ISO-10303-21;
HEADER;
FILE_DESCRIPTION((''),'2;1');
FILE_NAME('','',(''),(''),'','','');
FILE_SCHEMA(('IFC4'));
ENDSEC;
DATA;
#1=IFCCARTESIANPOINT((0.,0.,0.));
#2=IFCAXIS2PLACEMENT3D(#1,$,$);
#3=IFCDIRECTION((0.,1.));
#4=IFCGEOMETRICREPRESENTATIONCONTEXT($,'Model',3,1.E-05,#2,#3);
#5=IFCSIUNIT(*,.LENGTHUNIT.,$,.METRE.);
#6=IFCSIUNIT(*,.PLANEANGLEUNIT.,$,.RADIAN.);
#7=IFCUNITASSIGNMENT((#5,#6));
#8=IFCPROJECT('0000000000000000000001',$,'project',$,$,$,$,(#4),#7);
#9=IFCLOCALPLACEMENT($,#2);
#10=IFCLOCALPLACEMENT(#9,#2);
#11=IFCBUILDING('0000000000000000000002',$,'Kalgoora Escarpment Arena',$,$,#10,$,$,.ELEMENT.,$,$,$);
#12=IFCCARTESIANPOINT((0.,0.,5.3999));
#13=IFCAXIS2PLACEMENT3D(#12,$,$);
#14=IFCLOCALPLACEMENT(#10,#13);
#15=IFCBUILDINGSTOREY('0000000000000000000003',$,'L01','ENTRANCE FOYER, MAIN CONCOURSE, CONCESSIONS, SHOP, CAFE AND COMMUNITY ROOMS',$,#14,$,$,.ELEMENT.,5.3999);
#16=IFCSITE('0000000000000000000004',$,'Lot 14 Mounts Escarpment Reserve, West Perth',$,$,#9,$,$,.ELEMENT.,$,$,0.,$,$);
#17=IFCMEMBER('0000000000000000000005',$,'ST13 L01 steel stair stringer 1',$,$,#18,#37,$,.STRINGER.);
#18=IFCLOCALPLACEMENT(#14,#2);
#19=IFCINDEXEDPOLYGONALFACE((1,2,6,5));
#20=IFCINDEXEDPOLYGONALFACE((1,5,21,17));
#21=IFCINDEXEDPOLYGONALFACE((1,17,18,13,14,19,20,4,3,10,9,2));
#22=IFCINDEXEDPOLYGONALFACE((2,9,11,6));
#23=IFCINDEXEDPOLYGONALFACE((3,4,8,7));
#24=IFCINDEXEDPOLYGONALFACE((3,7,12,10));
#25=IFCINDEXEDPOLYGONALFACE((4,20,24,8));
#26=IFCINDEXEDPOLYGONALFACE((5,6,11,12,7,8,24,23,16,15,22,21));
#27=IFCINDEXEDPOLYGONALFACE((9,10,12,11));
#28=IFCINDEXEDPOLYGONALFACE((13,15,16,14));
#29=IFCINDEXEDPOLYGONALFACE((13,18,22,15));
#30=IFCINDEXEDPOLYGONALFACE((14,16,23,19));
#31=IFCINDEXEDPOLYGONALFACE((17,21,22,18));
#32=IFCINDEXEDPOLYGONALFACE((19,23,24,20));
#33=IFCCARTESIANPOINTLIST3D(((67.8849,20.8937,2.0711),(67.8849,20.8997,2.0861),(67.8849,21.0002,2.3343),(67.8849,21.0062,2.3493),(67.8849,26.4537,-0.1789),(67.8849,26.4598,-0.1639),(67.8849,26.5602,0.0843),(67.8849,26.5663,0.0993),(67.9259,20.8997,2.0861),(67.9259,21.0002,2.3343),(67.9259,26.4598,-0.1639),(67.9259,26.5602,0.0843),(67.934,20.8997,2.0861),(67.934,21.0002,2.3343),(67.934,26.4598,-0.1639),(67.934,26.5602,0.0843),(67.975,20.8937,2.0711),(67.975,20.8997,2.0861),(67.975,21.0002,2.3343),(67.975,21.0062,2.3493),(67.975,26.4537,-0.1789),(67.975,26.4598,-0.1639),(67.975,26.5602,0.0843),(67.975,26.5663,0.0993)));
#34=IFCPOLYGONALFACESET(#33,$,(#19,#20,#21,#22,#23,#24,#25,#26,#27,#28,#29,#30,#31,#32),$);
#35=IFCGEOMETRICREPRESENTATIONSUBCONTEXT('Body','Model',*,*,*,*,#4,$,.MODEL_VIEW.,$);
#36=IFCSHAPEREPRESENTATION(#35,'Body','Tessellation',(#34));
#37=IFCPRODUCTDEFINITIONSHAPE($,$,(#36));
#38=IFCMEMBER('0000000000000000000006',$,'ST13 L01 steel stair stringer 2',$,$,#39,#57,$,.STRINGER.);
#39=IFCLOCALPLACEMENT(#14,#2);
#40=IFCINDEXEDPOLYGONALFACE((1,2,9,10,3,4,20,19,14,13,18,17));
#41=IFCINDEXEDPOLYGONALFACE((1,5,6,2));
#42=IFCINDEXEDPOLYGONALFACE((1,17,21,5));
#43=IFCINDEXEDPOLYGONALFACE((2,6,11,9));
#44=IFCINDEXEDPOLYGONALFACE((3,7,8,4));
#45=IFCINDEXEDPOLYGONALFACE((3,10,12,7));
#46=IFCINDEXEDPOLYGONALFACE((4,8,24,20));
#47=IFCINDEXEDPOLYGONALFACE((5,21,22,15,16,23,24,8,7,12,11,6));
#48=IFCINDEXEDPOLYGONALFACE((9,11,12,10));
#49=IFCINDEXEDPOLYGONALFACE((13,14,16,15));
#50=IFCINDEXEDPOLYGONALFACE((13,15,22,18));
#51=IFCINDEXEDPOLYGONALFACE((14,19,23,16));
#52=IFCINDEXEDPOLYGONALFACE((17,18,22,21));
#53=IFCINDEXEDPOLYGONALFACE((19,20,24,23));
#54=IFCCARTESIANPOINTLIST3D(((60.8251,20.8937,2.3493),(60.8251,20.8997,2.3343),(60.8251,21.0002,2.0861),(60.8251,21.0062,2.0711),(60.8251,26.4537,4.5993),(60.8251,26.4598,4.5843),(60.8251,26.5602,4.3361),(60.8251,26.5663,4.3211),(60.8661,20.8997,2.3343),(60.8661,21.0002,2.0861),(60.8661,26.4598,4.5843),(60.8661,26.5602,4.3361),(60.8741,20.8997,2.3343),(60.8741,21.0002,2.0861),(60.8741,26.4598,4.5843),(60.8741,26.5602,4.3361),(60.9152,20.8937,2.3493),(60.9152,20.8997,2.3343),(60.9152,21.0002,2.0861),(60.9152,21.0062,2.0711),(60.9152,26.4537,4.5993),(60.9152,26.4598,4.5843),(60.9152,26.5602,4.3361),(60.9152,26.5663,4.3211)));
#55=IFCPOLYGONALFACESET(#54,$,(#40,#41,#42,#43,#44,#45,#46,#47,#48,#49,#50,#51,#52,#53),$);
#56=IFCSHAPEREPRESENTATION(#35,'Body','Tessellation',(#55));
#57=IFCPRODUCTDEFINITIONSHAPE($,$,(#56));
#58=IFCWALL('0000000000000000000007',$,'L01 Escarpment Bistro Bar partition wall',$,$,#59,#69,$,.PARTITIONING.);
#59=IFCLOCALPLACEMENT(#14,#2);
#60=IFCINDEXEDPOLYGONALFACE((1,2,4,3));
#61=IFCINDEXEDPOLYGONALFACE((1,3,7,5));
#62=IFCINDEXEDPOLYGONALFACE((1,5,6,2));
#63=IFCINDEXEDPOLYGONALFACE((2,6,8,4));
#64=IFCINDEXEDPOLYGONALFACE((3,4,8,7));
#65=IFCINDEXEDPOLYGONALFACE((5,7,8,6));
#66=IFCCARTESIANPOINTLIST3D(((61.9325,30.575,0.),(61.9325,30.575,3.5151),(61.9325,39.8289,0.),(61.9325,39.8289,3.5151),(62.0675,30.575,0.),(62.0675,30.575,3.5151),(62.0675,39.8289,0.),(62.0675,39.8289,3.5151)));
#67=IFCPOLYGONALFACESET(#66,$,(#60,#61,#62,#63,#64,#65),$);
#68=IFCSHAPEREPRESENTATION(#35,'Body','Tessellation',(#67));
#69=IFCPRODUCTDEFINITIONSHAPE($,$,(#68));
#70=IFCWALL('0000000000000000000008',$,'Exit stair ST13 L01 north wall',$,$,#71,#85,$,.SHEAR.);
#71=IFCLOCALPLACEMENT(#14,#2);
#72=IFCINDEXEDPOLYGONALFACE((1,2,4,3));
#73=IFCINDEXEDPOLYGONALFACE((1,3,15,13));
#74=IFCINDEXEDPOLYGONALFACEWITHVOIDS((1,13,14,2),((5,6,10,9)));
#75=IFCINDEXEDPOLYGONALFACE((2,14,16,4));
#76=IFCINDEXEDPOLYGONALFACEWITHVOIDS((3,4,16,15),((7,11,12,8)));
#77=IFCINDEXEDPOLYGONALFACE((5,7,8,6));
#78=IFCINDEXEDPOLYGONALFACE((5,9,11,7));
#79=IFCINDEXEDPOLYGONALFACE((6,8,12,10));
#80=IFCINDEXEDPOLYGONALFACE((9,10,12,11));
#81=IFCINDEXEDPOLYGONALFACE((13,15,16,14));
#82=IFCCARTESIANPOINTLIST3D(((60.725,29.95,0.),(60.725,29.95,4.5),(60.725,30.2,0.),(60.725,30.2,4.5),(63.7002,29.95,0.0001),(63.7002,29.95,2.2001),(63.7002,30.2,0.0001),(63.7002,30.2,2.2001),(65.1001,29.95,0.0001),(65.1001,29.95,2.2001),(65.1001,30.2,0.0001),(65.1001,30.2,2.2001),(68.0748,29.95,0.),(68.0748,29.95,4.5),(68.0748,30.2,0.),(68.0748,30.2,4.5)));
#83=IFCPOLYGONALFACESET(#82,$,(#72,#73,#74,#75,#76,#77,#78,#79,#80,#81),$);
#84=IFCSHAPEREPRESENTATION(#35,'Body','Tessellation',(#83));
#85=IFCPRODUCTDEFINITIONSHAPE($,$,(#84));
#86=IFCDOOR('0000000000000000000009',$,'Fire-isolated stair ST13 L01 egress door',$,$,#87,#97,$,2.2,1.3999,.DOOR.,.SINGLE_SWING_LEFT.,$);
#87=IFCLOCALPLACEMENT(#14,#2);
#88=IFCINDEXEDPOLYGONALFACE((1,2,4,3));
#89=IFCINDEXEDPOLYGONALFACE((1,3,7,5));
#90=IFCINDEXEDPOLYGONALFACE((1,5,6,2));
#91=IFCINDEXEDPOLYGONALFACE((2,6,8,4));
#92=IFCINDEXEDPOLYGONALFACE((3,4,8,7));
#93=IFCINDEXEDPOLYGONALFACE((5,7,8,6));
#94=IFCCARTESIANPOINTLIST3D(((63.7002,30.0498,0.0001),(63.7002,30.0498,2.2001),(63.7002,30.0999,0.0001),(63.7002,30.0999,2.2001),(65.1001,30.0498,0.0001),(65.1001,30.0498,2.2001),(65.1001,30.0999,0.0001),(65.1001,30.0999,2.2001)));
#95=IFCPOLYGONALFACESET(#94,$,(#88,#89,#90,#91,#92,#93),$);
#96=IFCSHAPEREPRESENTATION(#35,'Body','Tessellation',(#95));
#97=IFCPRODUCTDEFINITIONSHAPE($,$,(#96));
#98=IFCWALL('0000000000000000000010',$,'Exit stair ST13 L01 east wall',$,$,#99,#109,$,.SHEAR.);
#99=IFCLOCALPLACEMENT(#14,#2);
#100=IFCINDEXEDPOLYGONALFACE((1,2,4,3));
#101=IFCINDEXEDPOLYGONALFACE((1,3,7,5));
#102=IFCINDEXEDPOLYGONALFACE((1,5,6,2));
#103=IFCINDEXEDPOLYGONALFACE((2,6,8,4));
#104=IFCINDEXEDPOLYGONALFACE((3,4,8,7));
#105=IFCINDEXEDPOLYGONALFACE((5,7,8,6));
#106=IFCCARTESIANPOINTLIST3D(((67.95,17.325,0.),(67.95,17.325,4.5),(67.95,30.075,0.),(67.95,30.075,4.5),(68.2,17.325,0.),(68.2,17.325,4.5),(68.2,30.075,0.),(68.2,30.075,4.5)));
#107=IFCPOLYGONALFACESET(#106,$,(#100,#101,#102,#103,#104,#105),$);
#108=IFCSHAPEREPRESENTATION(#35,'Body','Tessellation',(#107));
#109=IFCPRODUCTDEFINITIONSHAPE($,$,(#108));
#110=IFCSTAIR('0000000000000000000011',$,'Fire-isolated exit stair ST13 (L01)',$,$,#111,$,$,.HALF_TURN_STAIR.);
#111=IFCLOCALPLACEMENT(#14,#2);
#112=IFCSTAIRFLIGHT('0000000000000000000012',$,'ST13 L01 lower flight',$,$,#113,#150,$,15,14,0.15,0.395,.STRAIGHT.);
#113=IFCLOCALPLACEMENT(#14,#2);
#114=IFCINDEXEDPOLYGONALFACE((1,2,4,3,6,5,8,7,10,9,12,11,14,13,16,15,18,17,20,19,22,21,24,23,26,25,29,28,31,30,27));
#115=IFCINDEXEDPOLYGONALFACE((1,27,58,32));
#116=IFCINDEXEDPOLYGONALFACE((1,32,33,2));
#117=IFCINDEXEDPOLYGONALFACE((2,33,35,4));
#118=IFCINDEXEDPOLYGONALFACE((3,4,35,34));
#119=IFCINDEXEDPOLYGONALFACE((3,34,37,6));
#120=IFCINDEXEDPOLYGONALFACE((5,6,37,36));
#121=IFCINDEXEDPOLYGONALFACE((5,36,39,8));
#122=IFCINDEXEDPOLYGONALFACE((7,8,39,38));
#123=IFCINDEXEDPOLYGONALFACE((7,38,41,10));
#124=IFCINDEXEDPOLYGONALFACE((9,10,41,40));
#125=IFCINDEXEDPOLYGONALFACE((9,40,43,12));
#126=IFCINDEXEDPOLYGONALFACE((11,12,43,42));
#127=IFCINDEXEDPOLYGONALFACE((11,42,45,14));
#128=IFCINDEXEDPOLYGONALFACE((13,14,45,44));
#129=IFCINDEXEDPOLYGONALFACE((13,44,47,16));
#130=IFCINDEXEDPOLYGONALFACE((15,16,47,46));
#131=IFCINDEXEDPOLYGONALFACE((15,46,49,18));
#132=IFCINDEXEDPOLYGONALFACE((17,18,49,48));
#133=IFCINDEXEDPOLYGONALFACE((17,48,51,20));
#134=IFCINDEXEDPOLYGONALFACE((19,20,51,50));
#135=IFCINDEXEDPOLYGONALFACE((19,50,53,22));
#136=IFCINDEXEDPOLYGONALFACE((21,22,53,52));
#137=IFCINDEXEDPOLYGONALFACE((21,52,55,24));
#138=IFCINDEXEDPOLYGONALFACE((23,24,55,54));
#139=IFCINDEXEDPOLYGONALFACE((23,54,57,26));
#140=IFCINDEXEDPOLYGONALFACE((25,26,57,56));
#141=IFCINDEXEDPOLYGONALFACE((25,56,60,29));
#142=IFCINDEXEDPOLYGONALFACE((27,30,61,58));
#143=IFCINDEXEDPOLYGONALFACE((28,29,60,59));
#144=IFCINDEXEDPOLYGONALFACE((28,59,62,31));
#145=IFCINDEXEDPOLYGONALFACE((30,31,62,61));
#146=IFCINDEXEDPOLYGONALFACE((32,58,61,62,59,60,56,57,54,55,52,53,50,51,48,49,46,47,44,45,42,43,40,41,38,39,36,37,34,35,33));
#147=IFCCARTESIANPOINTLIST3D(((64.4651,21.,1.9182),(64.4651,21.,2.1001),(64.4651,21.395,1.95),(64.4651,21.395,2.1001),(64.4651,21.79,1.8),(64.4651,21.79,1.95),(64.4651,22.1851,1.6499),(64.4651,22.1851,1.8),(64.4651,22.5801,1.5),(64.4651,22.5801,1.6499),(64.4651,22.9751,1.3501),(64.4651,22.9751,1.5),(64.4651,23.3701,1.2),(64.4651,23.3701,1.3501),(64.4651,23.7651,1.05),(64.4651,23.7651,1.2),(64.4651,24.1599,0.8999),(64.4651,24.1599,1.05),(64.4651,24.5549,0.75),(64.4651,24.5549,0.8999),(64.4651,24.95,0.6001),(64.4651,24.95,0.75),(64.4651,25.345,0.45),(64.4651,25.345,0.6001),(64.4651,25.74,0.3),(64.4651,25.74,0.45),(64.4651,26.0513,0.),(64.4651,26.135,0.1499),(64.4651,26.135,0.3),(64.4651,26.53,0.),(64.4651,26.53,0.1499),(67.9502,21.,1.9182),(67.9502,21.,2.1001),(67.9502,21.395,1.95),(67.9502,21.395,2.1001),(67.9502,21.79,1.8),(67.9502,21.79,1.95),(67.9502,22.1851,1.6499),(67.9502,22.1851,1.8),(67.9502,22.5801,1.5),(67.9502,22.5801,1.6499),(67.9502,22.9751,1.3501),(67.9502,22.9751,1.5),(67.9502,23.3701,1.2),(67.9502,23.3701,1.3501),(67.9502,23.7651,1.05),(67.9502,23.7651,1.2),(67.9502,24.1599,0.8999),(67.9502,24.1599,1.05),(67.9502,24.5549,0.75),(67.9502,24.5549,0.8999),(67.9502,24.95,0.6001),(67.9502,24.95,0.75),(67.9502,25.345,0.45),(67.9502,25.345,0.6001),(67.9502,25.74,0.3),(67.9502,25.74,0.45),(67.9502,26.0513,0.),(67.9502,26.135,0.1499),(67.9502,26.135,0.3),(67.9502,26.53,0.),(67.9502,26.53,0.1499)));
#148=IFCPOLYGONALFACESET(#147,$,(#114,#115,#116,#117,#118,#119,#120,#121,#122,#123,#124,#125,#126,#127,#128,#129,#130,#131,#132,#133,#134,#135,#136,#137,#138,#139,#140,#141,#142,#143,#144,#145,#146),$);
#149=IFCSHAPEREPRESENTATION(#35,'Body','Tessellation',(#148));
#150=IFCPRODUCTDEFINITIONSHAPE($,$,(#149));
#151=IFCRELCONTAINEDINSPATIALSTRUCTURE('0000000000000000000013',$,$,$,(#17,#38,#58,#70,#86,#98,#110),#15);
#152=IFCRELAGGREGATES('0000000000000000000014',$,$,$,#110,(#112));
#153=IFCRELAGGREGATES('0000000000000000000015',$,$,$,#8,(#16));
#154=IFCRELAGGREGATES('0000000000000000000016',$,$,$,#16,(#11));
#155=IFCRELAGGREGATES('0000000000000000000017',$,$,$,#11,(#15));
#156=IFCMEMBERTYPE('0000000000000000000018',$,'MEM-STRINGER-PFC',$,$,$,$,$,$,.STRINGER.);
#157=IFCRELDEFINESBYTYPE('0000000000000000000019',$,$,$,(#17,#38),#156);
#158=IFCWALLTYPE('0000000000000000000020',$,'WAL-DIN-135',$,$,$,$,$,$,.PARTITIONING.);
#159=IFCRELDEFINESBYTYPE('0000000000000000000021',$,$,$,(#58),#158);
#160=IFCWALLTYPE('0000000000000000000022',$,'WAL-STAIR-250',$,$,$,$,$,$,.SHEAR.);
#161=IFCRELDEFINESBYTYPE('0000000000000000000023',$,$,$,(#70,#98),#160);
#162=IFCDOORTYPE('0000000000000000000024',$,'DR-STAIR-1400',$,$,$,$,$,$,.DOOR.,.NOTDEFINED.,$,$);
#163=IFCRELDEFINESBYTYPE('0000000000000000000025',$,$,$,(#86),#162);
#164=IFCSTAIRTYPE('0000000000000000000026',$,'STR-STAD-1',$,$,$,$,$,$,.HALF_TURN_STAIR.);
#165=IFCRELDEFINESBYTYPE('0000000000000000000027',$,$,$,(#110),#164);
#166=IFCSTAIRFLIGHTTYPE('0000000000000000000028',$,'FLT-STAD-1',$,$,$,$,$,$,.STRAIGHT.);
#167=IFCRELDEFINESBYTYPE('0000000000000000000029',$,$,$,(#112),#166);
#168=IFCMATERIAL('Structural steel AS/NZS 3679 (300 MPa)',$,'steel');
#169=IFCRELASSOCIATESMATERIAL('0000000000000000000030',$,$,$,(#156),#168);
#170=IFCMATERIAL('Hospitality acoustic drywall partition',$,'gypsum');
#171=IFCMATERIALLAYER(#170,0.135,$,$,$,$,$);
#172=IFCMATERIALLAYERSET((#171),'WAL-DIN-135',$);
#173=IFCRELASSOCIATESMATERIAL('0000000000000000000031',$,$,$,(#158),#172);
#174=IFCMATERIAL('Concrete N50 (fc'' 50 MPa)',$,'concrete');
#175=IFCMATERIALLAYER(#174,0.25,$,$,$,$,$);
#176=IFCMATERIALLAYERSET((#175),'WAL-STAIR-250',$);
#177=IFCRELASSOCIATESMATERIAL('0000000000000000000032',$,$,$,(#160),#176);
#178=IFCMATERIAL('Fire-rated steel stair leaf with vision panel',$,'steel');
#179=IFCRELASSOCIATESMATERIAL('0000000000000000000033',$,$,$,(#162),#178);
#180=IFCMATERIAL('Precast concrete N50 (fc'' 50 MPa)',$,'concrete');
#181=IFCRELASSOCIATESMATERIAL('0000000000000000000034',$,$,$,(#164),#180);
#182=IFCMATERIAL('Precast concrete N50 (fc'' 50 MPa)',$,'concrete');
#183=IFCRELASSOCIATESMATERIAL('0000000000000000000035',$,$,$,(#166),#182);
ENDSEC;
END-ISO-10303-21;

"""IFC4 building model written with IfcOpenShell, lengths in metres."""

from ifc_helpers import new_model, si_unit, direction, frame, frame_2d, origin, origin_2d, place, context, subcontext, project, spatial, polyline, rectangle, i_section, outline, extrude, material, layer, layer_set, material_profile, profile_set, type_object, element, fill, aggregate, save


model = new_model("IFC4")

# Units and contexts
model_context = context("Model", 3, precision=1e-05, world=origin(), true_north=direction((0.0, 1.0)))
body_context = subcontext(model_context, "Body", "Model", "MODEL_VIEW")
ifc_project = project(units=[si_unit("LENGTHUNIT", "METRE"), si_unit("PLANEANGLEUNIT", "RADIAN")], contexts=[model_context])

# Site, building, storey
site_placement = place(None, origin())
site = spatial("IfcSite", under=ifc_project, at=site_placement, Name="Lot 14 Mounts Escarpment Reserve, West Perth", CompositionType="ELEMENT", RefElevation=0.0)
building_placement = place(site_placement, origin())
building = spatial("IfcBuilding", under=site, at=building_placement, Name="Kalgoora Escarpment Arena", CompositionType="ELEMENT")
storey_placement = place(building_placement, frame((0.0, 0.0, 5.3999)))
storey = spatial("IfcBuildingStorey", under=building, at=storey_placement, Name="L01", Description="ENTRANCE FOYER, MAIN CONCOURSE, CONCESSIONS, SHOP, CAFE AND COMMUNITY ROOMS", CompositionType="ELEMENT", Elevation=5.3999)

# Members
ifc_material_1 = material(Name="Structural steel AS/NZS 3679 (300 MPa)", Category="steel")
ifc_material_profile_1 = material_profile(ifc_material_1, i_section(OverallWidth=0.0901, OverallDepth=0.3, WebThickness=0.0081, FlangeThickness=0.0161, at=origin_2d()))
ifc_profile_set_1 = profile_set([ifc_material_profile_1], Name="Structural steel AS/NZS 3679 (300 MPa)")
member_type = type_object("IfcMemberType", Name="MEM-STRINGER-PFC", PredefinedType="STRINGER", material=ifc_profile_set_1)
for number, where, z_axis, x_axis, name in (
    (1, (67.9299, 26.51, -0.0398), (0.0, -0.926976, 0.375121), (1.0, 0.0, 0.0), "ST13 L01 steel stair stringer 1"),
    (2, (60.8701, 20.95, 2.2102), (0.0, 0.926976, 0.375121), (-1.0, 0.0, 0.0), "ST13 L01 steel stair stringer 2"),
):
    element("IfcMember", number, at=place(storey_placement, frame(where, z_axis=z_axis, x_axis=x_axis)), inside=storey, type_object=member_type, Name=name, PredefinedType="STRINGER", context=body_context, shape_type="SweptSolid", body=[
        extrude(i_section(OverallWidth=0.0901, OverallDepth=0.3, WebThickness=0.0081, FlangeThickness=0.0161, at=origin_2d()), origin(), (0.0, 0.0, 1.0), 5.998),
    ])

# Wall
ifc_material_2 = material(Name="Hospitality acoustic drywall partition", Category="gypsum")
ifc_layer_1 = layer(ifc_material_2, 0.135)
ifc_layer_set_1 = layer_set([ifc_layer_1], Name="WAL-DIN-135")
wall_type_1 = type_object("IfcWallType", Name="WAL-DIN-135", PredefinedType="PARTITIONING", material=ifc_layer_set_1)
wall_1_placement = place(storey_placement, frame((62.0, 39.8289, 0.0), z_axis=(0.0, 0.0, 1.0), x_axis=(0.0, -1.0, 0.0)))
element("IfcWall", 3, at=wall_1_placement, inside=storey, type_object=wall_type_1, Name="L01 Escarpment Bistro Bar partition wall", PredefinedType="PARTITIONING", context=body_context, shape_type="SweptSolid", body=[
    extrude(rectangle(XDim=9.2539, YDim=0.135, at=frame_2d((4.627, 0.0))), origin(), (0.0, 0.0, 1.0), 3.5151),
])

# Wall, opening, door
ifc_material_3 = material(Name="Concrete N50 (fc' 50 MPa)", Category="concrete")
ifc_layer_2 = layer(ifc_material_3, 0.25)
ifc_layer_set_2 = layer_set([ifc_layer_2], Name="WAL-STAIR-250")
wall_type_2 = type_object("IfcWallType", Name="WAL-STAIR-250", PredefinedType="SHEAR", material=ifc_layer_set_2)
wall_2_placement = place(storey_placement, frame((60.7251, 30.075, 0.0), z_axis=(0.0, 0.0, 1.0), x_axis=(1.0, 0.0, 0.0)))
wall_2 = element("IfcWall", 4, at=wall_2_placement, inside=storey, type_object=wall_type_2, Name="Exit stair ST13 L01 north wall", PredefinedType="SHEAR", context=body_context, shape_type="SweptSolid", body=[
    extrude(rectangle(XDim=7.3499, YDim=0.25, at=frame_2d((3.6748, 0.0))), origin(), (0.0, 0.0, 1.0), 4.5),
])
opening_placement = place(wall_2_placement, frame((2.9751, 0.0, 0.0)))
opening = element("IfcOpeningElement", 5, at=opening_placement, cuts=wall_2, PredefinedType="OPENING", context=body_context, shape_type="SweptSolid", body=[
    extrude(rectangle(XDim=1.3999, YDim=2.2, at=frame_2d((0.7, 1.1001))), frame((0.0, 0.135, 0.0), z_axis=(0.0, -1.0, 0.0), x_axis=(1.0, 0.0, 0.0)), (0.0, 0.0, 1.0), 0.27),
])
ifc_material_4 = material(Name="Fire-rated steel stair leaf with vision panel", Category="steel")
door_type = type_object("IfcDoorType", Name="DR-STAIR-1400", OperationType="NOTDEFINED", PredefinedType="DOOR", material=ifc_material_4)
door_placement = place(opening_placement, origin())
door = element("IfcDoor", 6, at=door_placement, inside=storey, type_object=door_type, Name="Fire-isolated stair ST13 L01 egress door", OperationType="SINGLE_SWING_LEFT", OverallHeight=2.2, OverallWidth=1.3999, PredefinedType="DOOR", context=body_context, shape_type="SweptSolid", body=[
    extrude(rectangle(XDim=1.3999, YDim=2.2, at=frame_2d((0.7, 1.1001))), frame((0.0, 0.0249, 0.0), z_axis=(0.0, -1.0, 0.0), x_axis=(1.0, 0.0, 0.0)), (0.0, 0.0, 1.0), 0.05),
])
fill(opening, door)

# Wall
wall_3_placement = place(storey_placement, frame((68.075, 17.325, 0.0), z_axis=(0.0, 0.0, 1.0), x_axis=(0.0, 1.0, 0.0)))
element("IfcWall", 7, at=wall_3_placement, inside=storey, type_object=wall_type_2, Name="Exit stair ST13 L01 east wall", PredefinedType="SHEAR", context=body_context, shape_type="SweptSolid", body=[
    extrude(rectangle(XDim=12.75, YDim=0.25, at=frame_2d((6.375, 0.0))), origin(), (0.0, 0.0, 1.0), 4.5),
])

# Stair, stair flight
ifc_material_5 = material(Name="Precast concrete N50 (fc' 50 MPa)", Category="concrete")
stair_type = type_object("IfcStairType", Name="STR-STAD-1", PredefinedType="HALF_TURN_STAIR", material=ifc_material_5)
stair_placement = place(storey_placement, origin())
stair = element("IfcStair", 8, at=stair_placement, inside=storey, type_object=stair_type, Name="Fire-isolated exit stair ST13 (L01)", PredefinedType="HALF_TURN_STAIR")
ifc_material_6 = material(Name="Precast concrete N50 (fc' 50 MPa)", Category="concrete")
stair_flight_type = type_object("IfcStairFlightType", Name="FLT-STAD-1", PredefinedType="STRAIGHT", material=ifc_material_6)
stair_flight_1_placement = place(storey_placement, frame((66.2075, 26.53, 0.0), z_axis=(0.0, 0.0, 1.0), x_axis=(0.0, -1.0, 0.0)))
stair_flight_1 = element("IfcStairFlight", 9, at=stair_flight_1_placement, type_object=stair_flight_type, Name="ST13 L01 lower flight", NumberOfRisers=15, NumberOfTreads=14, PredefinedType="STRAIGHT", RiserHeight=0.15, TreadLength=0.395, context=body_context, shape_type="SweptSolid", body=[
    extrude(outline(polyline([(0.0, 0.0), (0.0, 0.1499), (0.395, 0.1499), (0.395, 0.3), (0.79, 0.3), (0.79, 0.45), (1.1851, 0.45), (1.1851, 0.6001), (1.5801, 0.6001), (1.5801, 0.75), (1.9751, 0.75), (1.9751, 0.8999), (2.3701, 0.8999), (2.3701, 1.05), (2.7649, 1.05), (2.7649, 1.2), (3.1599, 1.2), (3.1599, 1.3501), (3.5549, 1.3501), (3.5549, 1.5), (3.95, 1.5), (3.95, 1.6499), (4.345, 1.6499), (4.345, 1.8), (4.74, 1.8), (4.74, 1.95), (5.135, 1.95), (5.135, 2.1001), (5.53, 2.1001), (5.53, 2.25), (5.53, 1.9182), (0.4788, 0.0), (0.0, 0.0)])), frame((0.0, 1.7427, 0.0), z_axis=(0.0, -1.0, 0.0), x_axis=(1.0, 0.0, 0.0)), (0.0, 0.0, 1.0), 3.4851),
])
aggregate(stair, [stair_flight_1])

save(model, "model.ifc")
